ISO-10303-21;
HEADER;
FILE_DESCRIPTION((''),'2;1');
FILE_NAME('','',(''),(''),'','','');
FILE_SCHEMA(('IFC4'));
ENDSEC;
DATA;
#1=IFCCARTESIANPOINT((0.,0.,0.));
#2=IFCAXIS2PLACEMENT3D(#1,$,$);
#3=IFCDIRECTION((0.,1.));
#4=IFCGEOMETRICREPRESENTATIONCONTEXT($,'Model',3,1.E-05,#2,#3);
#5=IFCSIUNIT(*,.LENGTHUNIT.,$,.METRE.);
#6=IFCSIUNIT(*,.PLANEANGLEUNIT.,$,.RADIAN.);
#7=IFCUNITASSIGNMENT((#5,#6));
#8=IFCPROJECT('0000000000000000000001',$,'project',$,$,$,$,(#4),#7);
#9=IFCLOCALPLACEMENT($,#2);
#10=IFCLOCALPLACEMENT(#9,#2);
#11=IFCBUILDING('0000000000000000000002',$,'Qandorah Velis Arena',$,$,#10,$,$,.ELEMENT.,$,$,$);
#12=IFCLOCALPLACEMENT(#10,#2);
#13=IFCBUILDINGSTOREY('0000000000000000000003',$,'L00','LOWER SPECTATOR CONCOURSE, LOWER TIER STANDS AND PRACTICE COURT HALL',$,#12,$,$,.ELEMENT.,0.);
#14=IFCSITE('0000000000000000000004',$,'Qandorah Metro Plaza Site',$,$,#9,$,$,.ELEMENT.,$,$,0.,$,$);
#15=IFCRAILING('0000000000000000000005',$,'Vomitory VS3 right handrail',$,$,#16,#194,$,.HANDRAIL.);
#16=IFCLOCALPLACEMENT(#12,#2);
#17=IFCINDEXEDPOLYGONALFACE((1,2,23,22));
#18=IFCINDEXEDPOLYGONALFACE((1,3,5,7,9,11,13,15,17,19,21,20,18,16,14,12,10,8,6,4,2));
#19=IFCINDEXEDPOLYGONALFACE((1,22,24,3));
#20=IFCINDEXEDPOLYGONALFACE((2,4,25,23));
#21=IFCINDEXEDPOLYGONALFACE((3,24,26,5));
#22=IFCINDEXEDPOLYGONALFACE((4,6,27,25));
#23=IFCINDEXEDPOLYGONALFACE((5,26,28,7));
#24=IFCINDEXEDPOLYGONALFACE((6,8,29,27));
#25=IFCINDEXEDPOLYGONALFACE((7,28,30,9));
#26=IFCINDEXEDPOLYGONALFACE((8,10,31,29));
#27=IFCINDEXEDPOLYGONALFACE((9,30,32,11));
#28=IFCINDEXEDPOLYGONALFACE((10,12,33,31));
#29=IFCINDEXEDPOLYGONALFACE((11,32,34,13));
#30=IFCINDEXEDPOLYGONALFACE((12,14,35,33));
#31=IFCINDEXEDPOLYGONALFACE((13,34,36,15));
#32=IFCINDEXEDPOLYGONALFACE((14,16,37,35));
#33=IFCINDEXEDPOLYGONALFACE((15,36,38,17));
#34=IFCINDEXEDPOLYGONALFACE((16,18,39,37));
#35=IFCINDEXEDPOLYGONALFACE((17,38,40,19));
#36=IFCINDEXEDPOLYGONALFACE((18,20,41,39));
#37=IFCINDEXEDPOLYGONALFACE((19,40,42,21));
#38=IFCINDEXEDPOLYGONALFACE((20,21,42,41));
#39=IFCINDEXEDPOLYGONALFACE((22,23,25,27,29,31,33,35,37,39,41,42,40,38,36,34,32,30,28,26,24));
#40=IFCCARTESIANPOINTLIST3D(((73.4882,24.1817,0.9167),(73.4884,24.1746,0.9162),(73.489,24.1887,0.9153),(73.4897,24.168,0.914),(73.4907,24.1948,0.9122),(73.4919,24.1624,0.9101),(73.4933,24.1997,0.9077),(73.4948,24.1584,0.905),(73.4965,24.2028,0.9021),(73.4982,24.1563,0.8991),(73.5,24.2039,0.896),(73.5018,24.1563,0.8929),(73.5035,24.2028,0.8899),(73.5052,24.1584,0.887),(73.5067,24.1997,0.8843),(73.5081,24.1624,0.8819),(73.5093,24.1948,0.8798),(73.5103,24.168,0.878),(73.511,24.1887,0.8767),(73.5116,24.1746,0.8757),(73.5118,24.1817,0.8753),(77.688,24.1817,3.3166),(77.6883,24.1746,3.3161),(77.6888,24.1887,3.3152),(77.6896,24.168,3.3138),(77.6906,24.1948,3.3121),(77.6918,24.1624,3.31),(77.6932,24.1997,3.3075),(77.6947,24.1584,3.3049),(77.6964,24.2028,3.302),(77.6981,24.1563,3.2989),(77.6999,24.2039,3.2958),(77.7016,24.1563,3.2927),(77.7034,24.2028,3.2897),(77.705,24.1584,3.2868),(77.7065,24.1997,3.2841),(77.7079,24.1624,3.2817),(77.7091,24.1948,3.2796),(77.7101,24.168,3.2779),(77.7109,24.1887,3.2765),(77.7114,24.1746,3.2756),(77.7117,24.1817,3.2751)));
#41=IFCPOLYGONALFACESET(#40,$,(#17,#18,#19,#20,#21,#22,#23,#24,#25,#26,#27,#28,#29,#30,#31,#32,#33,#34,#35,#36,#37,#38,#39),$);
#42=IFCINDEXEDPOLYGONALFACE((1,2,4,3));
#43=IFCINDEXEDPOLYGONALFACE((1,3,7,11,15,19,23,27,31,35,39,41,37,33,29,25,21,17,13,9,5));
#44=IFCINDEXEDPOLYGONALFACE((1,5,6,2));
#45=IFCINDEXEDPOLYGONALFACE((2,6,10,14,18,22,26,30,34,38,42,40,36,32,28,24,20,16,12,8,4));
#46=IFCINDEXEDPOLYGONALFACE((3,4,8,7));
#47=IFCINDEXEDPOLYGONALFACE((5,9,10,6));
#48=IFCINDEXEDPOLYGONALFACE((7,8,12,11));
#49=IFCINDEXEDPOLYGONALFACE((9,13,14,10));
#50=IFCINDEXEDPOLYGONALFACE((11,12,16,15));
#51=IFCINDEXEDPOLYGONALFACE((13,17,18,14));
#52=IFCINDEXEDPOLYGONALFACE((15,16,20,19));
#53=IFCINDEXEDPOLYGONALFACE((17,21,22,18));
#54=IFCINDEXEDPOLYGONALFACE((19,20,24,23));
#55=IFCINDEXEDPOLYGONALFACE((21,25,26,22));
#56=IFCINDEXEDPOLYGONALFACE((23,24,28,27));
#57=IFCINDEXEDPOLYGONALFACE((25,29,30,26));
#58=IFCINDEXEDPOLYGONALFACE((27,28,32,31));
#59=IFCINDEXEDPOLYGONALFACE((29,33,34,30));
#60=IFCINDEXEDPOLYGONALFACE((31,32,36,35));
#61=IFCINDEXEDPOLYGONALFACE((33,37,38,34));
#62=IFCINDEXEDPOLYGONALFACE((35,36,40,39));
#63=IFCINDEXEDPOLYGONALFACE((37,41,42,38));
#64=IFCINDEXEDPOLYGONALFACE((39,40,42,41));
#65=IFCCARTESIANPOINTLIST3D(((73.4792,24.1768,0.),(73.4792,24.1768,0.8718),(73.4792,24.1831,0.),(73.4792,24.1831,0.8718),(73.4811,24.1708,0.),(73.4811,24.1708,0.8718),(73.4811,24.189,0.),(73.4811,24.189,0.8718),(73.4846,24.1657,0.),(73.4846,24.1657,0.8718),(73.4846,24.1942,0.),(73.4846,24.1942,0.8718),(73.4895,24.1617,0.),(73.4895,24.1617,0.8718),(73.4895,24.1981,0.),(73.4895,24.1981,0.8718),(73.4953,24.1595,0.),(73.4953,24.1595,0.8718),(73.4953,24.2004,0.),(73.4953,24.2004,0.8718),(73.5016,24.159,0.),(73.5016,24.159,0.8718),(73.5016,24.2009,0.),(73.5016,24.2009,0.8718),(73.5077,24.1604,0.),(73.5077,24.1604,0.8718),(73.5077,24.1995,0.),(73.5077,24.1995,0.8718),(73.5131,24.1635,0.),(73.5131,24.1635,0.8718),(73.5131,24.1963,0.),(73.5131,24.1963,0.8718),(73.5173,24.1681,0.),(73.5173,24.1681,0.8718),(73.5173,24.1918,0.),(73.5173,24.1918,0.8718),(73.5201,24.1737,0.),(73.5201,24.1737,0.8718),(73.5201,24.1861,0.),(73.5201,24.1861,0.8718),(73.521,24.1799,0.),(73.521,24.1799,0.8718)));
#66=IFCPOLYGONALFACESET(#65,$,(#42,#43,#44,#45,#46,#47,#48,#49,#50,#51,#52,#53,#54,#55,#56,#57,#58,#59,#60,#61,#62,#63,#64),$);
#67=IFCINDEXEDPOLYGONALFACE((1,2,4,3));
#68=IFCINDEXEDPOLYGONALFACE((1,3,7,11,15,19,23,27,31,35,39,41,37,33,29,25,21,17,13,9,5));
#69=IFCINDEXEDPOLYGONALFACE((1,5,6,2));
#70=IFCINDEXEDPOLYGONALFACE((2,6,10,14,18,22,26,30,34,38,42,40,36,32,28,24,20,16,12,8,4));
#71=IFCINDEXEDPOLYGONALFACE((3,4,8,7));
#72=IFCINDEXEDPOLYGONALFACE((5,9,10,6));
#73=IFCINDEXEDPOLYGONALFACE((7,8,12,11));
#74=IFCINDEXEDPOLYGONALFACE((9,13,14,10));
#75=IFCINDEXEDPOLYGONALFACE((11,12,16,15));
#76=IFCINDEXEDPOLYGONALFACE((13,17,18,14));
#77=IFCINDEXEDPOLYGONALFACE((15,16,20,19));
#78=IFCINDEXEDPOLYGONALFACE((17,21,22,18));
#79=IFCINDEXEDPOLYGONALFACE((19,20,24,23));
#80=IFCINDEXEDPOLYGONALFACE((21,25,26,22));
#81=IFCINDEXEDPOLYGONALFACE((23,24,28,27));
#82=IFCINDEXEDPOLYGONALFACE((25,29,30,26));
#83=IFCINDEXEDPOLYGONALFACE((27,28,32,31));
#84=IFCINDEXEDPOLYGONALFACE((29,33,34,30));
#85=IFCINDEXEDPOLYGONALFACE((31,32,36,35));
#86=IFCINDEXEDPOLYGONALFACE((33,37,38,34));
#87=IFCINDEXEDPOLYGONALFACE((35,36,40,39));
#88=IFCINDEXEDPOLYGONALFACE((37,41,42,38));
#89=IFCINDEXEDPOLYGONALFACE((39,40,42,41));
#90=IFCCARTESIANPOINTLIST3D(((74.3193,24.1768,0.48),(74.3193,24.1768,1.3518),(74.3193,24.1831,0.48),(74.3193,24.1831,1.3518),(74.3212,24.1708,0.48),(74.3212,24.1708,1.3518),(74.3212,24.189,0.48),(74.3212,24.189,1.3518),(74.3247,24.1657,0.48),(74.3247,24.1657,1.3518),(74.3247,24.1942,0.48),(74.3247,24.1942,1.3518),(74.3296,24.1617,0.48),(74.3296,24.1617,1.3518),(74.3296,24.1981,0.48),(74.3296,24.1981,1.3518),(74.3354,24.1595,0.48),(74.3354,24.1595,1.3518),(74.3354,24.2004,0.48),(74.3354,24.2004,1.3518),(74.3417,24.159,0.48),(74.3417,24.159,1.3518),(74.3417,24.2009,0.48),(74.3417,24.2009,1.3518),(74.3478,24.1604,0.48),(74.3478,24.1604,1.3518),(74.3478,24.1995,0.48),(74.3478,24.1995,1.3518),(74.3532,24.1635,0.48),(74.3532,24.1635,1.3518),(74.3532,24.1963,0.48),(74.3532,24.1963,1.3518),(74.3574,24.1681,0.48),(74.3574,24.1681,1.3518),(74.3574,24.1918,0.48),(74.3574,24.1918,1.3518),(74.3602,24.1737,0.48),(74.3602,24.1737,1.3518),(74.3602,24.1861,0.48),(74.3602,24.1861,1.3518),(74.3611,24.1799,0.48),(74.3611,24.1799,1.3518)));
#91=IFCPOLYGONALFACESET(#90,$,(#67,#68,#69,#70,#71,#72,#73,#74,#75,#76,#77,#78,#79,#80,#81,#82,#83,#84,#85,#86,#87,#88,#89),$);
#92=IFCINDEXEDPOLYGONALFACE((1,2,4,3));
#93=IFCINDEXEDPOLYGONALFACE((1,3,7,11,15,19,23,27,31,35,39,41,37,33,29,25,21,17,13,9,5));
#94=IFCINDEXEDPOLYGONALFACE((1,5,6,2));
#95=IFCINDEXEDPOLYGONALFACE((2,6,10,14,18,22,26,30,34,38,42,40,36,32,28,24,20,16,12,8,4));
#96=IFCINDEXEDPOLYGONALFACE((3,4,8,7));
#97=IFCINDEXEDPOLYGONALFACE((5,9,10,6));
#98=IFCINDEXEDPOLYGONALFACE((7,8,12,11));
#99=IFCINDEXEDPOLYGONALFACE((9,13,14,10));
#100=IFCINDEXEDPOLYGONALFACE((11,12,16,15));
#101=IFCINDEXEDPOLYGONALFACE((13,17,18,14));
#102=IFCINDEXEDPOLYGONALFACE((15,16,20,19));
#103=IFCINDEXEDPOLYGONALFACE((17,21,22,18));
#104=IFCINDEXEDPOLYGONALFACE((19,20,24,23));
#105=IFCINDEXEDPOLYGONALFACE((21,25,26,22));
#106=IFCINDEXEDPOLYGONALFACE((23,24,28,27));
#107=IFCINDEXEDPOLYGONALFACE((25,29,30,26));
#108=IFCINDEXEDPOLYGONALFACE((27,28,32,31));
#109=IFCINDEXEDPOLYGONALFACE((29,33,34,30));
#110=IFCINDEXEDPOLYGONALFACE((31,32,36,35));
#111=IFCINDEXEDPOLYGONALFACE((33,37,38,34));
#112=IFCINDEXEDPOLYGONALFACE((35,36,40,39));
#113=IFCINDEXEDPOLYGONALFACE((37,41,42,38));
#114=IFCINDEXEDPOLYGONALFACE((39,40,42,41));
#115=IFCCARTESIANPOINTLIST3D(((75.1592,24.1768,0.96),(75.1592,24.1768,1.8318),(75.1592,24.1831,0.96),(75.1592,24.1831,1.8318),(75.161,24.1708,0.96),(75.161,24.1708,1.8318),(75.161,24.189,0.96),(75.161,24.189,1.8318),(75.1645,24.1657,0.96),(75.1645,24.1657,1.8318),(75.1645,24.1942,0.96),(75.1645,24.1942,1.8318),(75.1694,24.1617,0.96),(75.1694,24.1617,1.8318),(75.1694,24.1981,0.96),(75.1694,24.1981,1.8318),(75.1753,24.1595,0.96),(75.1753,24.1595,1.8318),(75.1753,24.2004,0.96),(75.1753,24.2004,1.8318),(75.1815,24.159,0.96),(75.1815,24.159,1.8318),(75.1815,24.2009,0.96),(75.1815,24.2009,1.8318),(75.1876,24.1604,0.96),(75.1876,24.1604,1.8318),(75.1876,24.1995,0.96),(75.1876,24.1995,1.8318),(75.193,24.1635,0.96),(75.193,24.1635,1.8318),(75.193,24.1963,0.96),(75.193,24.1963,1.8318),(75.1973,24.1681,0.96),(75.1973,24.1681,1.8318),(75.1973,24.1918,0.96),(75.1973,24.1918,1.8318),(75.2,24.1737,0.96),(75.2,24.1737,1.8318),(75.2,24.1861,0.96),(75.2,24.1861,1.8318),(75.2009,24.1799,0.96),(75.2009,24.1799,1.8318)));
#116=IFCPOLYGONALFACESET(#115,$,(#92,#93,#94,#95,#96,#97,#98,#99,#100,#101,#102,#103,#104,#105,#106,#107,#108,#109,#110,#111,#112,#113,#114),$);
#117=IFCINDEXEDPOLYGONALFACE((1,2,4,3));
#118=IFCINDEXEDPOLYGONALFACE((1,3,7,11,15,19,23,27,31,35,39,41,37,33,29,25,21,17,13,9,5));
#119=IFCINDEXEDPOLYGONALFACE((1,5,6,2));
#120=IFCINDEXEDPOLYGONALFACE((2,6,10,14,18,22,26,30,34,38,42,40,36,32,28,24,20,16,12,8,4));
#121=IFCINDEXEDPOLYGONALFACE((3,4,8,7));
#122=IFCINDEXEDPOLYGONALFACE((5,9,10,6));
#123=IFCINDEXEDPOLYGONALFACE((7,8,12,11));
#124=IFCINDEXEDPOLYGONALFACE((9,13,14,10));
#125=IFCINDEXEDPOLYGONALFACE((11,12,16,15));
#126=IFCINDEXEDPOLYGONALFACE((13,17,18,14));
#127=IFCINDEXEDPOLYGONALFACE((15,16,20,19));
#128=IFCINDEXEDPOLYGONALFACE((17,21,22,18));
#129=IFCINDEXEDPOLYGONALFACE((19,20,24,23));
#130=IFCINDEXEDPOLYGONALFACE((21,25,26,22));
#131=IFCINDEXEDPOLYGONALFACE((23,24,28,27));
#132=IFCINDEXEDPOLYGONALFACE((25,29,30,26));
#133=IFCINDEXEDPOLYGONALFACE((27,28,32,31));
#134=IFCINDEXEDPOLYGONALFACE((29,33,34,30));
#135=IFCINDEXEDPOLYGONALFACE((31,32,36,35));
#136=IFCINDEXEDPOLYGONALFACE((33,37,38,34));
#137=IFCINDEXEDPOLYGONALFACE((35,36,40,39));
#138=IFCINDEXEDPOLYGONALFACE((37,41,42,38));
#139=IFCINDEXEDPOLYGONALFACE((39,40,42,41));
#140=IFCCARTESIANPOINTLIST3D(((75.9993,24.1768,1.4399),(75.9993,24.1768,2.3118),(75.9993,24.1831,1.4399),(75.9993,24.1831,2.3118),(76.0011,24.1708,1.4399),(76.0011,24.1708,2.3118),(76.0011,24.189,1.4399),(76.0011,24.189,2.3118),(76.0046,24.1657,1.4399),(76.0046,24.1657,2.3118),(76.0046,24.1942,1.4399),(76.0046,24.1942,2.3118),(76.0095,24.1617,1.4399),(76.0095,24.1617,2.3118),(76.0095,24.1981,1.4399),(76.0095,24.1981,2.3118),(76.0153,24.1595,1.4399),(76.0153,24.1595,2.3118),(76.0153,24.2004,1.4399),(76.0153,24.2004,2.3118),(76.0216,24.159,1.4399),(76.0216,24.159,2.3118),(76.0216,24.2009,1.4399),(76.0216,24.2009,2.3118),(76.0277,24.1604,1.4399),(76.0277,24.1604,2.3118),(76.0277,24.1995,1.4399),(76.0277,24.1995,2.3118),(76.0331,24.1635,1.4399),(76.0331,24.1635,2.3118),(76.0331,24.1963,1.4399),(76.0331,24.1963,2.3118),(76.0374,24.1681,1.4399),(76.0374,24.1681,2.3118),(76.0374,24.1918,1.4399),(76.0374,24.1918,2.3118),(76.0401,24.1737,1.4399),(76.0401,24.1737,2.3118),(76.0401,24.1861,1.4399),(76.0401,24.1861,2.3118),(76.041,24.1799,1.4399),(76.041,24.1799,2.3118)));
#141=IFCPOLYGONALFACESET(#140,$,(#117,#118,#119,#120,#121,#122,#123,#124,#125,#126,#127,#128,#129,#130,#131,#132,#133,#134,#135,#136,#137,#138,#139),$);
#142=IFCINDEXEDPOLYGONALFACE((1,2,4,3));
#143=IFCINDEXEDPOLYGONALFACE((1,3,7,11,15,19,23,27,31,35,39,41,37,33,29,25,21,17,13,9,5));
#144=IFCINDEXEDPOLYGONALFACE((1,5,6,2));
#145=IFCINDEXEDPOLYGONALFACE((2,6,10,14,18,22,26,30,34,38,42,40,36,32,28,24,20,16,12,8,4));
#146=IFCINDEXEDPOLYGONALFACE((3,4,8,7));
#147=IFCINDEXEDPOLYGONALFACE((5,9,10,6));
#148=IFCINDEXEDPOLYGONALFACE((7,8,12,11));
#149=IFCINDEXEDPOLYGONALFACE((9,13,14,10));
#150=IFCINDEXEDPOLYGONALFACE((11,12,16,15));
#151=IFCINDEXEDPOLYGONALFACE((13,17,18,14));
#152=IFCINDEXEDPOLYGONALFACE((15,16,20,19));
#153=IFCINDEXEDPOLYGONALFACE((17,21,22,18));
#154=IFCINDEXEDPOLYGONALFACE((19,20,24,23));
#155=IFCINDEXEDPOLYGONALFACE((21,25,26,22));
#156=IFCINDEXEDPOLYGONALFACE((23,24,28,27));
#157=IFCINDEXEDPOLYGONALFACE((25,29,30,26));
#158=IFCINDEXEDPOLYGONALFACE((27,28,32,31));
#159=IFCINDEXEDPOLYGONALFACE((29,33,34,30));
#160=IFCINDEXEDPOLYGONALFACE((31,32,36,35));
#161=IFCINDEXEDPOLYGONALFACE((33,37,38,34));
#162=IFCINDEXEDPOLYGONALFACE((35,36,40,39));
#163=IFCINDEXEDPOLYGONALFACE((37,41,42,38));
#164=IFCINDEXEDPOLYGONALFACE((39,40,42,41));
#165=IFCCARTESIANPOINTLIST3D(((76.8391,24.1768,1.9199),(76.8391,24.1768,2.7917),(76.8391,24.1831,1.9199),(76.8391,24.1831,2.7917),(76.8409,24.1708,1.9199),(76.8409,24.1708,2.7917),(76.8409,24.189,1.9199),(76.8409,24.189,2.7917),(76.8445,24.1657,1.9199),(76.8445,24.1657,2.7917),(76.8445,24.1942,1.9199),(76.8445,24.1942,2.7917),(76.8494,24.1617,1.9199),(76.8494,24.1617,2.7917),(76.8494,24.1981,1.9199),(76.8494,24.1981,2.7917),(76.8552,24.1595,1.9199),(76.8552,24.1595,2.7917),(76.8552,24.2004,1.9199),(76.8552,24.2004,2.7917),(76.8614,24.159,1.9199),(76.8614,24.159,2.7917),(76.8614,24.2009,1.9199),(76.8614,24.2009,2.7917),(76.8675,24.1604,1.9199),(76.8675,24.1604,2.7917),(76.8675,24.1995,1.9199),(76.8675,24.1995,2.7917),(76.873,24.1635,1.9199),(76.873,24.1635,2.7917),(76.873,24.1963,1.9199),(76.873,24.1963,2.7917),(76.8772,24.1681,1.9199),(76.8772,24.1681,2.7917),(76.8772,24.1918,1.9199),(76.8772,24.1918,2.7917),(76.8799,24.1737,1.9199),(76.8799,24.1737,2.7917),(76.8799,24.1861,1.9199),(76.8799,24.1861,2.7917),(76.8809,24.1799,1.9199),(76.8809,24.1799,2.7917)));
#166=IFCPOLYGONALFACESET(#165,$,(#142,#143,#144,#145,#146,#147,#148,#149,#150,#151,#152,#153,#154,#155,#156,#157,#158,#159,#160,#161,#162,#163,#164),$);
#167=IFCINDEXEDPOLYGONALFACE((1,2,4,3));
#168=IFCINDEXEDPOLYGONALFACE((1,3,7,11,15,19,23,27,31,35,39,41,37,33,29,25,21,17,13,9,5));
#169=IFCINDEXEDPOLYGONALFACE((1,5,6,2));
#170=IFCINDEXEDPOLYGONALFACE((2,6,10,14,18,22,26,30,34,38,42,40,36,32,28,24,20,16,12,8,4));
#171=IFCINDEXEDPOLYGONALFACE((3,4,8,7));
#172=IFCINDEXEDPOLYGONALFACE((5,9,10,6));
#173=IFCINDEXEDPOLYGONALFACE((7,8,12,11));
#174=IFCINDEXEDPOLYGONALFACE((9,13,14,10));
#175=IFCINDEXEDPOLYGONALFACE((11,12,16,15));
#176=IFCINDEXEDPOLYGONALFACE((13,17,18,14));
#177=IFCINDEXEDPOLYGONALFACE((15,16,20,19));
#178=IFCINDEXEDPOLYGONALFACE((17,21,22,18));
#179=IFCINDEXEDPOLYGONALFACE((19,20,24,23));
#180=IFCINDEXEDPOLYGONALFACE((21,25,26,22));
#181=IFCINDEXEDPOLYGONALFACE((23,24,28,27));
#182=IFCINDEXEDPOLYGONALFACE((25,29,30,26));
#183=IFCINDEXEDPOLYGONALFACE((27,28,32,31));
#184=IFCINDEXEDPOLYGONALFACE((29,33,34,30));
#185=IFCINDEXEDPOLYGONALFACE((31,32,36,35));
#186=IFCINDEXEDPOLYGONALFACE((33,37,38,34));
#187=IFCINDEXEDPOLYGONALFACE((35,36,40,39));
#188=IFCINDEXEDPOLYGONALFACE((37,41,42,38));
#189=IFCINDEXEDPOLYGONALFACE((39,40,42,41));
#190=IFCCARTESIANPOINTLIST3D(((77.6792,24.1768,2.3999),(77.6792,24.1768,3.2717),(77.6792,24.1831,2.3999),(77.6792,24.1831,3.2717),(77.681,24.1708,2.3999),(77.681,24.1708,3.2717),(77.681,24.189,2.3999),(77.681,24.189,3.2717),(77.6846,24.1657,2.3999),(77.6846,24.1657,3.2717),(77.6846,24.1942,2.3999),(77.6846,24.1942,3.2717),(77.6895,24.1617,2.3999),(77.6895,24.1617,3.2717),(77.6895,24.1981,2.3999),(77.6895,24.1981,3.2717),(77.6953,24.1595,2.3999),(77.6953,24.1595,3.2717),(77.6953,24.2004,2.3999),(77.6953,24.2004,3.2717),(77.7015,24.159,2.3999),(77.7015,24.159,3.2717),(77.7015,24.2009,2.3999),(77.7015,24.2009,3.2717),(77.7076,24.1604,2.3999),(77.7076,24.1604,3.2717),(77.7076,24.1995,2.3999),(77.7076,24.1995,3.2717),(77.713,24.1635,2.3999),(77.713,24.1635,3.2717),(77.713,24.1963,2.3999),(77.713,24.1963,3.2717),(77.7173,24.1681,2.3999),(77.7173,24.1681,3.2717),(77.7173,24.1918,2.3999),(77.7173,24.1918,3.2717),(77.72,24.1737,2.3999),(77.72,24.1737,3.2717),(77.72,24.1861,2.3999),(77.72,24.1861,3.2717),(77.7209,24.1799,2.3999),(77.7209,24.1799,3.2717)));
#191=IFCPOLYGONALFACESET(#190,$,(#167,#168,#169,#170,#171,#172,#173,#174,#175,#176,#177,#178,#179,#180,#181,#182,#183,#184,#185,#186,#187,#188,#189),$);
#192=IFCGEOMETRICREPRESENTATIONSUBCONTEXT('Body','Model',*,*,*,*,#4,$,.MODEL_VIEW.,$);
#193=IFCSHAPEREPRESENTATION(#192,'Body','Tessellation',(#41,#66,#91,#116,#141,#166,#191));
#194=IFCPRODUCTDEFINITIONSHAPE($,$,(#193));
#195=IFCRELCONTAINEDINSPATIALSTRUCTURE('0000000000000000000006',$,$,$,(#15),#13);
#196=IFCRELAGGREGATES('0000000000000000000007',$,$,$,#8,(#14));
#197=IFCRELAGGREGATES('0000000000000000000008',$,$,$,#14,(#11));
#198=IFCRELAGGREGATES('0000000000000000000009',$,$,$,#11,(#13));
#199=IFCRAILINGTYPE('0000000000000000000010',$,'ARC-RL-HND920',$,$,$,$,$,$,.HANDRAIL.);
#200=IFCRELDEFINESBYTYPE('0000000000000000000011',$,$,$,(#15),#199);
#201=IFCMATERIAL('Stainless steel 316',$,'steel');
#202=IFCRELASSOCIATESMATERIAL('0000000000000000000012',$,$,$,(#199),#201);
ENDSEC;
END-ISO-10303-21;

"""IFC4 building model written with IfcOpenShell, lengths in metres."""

from ifc_helpers import new_model, si_unit, direction, frame, origin, origin_2d, place, context, subcontext, project, spatial, circle, extrude, material, type_object, element, save


model = new_model("IFC4")

# Units and contexts
model_context = context("Model", 3, precision=1e-05, world=origin(), true_north=direction((0.0, 1.0)))
body_context = subcontext(model_context, "Body", "Model", "MODEL_VIEW")
ifc_project = project(units=[si_unit("LENGTHUNIT", "METRE"), si_unit("PLANEANGLEUNIT", "RADIAN")], contexts=[model_context])

# Site, building, storey
site_placement = place(None, origin())
site = spatial("IfcSite", under=ifc_project, at=site_placement, Name="Qandorah Metro Plaza Site", CompositionType="ELEMENT", RefElevation=0.0)
building_placement = place(site_placement, origin())
building = spatial("IfcBuilding", under=site, at=building_placement, Name="Qandorah Velis Arena", CompositionType="ELEMENT")
storey_placement = place(building_placement, origin())
storey = spatial("IfcBuildingStorey", under=building, at=storey_placement, Name="L00", Description="LOWER SPECTATOR CONCOURSE, LOWER TIER STANDS AND PRACTICE COURT HALL", CompositionType="ELEMENT", Elevation=0.0)

# Railing
ifc_material_1 = material(Name="Stainless steel 316", Category="steel")
railing_type_1 = type_object("IfcRailingType", Name="ARC-RL-HND920", PredefinedType="HANDRAIL", material=ifc_material_1)
for number, where, name in (
    (1, (73.5, 24.1799, 0.0), "Vomitory VS3 right handrail"),
):
    element("IfcRailing", number, at=place(storey_placement, frame(where)), inside=storey, type_object=railing_type_1, Name=name, PredefinedType="HANDRAIL", context=body_context, shape_type="SweptSolid", body=[
        extrude(circle(Radius=0.0239, at=origin_2d()), frame((0.0, 0.0, 0.896), z_axis=(0.868249, 0.0, 0.496128), x_axis=(0.0, 1.0, 0.0)), (0.0, 0.0, 1.0), 4.8372),
        extrude(circle(Radius=0.021, at=origin_2d()), origin(), (0.0, 0.0, 1.0), 0.8718),
        extrude(circle(Radius=0.021, at=origin_2d()), frame((0.8401, 0.0, 0.48)), (0.0, 0.0, 1.0), 0.8718),
        extrude(circle(Radius=0.021, at=origin_2d()), frame((1.6799, 0.0, 0.96)), (0.0, 0.0, 1.0), 0.8718),
        extrude(circle(Radius=0.021, at=origin_2d()), frame((2.52, 0.0, 1.4399)), (0.0, 0.0, 1.0), 0.8718),
        extrude(circle(Radius=0.021, at=origin_2d()), frame((3.3599, 0.0, 1.9199)), (0.0, 0.0, 1.0), 0.8718),
        extrude(circle(Radius=0.021, at=origin_2d()), frame((4.2, 0.0, 2.3999)), (0.0, 0.0, 1.0), 0.8718),
    ])

save(model, "model.ifc")
